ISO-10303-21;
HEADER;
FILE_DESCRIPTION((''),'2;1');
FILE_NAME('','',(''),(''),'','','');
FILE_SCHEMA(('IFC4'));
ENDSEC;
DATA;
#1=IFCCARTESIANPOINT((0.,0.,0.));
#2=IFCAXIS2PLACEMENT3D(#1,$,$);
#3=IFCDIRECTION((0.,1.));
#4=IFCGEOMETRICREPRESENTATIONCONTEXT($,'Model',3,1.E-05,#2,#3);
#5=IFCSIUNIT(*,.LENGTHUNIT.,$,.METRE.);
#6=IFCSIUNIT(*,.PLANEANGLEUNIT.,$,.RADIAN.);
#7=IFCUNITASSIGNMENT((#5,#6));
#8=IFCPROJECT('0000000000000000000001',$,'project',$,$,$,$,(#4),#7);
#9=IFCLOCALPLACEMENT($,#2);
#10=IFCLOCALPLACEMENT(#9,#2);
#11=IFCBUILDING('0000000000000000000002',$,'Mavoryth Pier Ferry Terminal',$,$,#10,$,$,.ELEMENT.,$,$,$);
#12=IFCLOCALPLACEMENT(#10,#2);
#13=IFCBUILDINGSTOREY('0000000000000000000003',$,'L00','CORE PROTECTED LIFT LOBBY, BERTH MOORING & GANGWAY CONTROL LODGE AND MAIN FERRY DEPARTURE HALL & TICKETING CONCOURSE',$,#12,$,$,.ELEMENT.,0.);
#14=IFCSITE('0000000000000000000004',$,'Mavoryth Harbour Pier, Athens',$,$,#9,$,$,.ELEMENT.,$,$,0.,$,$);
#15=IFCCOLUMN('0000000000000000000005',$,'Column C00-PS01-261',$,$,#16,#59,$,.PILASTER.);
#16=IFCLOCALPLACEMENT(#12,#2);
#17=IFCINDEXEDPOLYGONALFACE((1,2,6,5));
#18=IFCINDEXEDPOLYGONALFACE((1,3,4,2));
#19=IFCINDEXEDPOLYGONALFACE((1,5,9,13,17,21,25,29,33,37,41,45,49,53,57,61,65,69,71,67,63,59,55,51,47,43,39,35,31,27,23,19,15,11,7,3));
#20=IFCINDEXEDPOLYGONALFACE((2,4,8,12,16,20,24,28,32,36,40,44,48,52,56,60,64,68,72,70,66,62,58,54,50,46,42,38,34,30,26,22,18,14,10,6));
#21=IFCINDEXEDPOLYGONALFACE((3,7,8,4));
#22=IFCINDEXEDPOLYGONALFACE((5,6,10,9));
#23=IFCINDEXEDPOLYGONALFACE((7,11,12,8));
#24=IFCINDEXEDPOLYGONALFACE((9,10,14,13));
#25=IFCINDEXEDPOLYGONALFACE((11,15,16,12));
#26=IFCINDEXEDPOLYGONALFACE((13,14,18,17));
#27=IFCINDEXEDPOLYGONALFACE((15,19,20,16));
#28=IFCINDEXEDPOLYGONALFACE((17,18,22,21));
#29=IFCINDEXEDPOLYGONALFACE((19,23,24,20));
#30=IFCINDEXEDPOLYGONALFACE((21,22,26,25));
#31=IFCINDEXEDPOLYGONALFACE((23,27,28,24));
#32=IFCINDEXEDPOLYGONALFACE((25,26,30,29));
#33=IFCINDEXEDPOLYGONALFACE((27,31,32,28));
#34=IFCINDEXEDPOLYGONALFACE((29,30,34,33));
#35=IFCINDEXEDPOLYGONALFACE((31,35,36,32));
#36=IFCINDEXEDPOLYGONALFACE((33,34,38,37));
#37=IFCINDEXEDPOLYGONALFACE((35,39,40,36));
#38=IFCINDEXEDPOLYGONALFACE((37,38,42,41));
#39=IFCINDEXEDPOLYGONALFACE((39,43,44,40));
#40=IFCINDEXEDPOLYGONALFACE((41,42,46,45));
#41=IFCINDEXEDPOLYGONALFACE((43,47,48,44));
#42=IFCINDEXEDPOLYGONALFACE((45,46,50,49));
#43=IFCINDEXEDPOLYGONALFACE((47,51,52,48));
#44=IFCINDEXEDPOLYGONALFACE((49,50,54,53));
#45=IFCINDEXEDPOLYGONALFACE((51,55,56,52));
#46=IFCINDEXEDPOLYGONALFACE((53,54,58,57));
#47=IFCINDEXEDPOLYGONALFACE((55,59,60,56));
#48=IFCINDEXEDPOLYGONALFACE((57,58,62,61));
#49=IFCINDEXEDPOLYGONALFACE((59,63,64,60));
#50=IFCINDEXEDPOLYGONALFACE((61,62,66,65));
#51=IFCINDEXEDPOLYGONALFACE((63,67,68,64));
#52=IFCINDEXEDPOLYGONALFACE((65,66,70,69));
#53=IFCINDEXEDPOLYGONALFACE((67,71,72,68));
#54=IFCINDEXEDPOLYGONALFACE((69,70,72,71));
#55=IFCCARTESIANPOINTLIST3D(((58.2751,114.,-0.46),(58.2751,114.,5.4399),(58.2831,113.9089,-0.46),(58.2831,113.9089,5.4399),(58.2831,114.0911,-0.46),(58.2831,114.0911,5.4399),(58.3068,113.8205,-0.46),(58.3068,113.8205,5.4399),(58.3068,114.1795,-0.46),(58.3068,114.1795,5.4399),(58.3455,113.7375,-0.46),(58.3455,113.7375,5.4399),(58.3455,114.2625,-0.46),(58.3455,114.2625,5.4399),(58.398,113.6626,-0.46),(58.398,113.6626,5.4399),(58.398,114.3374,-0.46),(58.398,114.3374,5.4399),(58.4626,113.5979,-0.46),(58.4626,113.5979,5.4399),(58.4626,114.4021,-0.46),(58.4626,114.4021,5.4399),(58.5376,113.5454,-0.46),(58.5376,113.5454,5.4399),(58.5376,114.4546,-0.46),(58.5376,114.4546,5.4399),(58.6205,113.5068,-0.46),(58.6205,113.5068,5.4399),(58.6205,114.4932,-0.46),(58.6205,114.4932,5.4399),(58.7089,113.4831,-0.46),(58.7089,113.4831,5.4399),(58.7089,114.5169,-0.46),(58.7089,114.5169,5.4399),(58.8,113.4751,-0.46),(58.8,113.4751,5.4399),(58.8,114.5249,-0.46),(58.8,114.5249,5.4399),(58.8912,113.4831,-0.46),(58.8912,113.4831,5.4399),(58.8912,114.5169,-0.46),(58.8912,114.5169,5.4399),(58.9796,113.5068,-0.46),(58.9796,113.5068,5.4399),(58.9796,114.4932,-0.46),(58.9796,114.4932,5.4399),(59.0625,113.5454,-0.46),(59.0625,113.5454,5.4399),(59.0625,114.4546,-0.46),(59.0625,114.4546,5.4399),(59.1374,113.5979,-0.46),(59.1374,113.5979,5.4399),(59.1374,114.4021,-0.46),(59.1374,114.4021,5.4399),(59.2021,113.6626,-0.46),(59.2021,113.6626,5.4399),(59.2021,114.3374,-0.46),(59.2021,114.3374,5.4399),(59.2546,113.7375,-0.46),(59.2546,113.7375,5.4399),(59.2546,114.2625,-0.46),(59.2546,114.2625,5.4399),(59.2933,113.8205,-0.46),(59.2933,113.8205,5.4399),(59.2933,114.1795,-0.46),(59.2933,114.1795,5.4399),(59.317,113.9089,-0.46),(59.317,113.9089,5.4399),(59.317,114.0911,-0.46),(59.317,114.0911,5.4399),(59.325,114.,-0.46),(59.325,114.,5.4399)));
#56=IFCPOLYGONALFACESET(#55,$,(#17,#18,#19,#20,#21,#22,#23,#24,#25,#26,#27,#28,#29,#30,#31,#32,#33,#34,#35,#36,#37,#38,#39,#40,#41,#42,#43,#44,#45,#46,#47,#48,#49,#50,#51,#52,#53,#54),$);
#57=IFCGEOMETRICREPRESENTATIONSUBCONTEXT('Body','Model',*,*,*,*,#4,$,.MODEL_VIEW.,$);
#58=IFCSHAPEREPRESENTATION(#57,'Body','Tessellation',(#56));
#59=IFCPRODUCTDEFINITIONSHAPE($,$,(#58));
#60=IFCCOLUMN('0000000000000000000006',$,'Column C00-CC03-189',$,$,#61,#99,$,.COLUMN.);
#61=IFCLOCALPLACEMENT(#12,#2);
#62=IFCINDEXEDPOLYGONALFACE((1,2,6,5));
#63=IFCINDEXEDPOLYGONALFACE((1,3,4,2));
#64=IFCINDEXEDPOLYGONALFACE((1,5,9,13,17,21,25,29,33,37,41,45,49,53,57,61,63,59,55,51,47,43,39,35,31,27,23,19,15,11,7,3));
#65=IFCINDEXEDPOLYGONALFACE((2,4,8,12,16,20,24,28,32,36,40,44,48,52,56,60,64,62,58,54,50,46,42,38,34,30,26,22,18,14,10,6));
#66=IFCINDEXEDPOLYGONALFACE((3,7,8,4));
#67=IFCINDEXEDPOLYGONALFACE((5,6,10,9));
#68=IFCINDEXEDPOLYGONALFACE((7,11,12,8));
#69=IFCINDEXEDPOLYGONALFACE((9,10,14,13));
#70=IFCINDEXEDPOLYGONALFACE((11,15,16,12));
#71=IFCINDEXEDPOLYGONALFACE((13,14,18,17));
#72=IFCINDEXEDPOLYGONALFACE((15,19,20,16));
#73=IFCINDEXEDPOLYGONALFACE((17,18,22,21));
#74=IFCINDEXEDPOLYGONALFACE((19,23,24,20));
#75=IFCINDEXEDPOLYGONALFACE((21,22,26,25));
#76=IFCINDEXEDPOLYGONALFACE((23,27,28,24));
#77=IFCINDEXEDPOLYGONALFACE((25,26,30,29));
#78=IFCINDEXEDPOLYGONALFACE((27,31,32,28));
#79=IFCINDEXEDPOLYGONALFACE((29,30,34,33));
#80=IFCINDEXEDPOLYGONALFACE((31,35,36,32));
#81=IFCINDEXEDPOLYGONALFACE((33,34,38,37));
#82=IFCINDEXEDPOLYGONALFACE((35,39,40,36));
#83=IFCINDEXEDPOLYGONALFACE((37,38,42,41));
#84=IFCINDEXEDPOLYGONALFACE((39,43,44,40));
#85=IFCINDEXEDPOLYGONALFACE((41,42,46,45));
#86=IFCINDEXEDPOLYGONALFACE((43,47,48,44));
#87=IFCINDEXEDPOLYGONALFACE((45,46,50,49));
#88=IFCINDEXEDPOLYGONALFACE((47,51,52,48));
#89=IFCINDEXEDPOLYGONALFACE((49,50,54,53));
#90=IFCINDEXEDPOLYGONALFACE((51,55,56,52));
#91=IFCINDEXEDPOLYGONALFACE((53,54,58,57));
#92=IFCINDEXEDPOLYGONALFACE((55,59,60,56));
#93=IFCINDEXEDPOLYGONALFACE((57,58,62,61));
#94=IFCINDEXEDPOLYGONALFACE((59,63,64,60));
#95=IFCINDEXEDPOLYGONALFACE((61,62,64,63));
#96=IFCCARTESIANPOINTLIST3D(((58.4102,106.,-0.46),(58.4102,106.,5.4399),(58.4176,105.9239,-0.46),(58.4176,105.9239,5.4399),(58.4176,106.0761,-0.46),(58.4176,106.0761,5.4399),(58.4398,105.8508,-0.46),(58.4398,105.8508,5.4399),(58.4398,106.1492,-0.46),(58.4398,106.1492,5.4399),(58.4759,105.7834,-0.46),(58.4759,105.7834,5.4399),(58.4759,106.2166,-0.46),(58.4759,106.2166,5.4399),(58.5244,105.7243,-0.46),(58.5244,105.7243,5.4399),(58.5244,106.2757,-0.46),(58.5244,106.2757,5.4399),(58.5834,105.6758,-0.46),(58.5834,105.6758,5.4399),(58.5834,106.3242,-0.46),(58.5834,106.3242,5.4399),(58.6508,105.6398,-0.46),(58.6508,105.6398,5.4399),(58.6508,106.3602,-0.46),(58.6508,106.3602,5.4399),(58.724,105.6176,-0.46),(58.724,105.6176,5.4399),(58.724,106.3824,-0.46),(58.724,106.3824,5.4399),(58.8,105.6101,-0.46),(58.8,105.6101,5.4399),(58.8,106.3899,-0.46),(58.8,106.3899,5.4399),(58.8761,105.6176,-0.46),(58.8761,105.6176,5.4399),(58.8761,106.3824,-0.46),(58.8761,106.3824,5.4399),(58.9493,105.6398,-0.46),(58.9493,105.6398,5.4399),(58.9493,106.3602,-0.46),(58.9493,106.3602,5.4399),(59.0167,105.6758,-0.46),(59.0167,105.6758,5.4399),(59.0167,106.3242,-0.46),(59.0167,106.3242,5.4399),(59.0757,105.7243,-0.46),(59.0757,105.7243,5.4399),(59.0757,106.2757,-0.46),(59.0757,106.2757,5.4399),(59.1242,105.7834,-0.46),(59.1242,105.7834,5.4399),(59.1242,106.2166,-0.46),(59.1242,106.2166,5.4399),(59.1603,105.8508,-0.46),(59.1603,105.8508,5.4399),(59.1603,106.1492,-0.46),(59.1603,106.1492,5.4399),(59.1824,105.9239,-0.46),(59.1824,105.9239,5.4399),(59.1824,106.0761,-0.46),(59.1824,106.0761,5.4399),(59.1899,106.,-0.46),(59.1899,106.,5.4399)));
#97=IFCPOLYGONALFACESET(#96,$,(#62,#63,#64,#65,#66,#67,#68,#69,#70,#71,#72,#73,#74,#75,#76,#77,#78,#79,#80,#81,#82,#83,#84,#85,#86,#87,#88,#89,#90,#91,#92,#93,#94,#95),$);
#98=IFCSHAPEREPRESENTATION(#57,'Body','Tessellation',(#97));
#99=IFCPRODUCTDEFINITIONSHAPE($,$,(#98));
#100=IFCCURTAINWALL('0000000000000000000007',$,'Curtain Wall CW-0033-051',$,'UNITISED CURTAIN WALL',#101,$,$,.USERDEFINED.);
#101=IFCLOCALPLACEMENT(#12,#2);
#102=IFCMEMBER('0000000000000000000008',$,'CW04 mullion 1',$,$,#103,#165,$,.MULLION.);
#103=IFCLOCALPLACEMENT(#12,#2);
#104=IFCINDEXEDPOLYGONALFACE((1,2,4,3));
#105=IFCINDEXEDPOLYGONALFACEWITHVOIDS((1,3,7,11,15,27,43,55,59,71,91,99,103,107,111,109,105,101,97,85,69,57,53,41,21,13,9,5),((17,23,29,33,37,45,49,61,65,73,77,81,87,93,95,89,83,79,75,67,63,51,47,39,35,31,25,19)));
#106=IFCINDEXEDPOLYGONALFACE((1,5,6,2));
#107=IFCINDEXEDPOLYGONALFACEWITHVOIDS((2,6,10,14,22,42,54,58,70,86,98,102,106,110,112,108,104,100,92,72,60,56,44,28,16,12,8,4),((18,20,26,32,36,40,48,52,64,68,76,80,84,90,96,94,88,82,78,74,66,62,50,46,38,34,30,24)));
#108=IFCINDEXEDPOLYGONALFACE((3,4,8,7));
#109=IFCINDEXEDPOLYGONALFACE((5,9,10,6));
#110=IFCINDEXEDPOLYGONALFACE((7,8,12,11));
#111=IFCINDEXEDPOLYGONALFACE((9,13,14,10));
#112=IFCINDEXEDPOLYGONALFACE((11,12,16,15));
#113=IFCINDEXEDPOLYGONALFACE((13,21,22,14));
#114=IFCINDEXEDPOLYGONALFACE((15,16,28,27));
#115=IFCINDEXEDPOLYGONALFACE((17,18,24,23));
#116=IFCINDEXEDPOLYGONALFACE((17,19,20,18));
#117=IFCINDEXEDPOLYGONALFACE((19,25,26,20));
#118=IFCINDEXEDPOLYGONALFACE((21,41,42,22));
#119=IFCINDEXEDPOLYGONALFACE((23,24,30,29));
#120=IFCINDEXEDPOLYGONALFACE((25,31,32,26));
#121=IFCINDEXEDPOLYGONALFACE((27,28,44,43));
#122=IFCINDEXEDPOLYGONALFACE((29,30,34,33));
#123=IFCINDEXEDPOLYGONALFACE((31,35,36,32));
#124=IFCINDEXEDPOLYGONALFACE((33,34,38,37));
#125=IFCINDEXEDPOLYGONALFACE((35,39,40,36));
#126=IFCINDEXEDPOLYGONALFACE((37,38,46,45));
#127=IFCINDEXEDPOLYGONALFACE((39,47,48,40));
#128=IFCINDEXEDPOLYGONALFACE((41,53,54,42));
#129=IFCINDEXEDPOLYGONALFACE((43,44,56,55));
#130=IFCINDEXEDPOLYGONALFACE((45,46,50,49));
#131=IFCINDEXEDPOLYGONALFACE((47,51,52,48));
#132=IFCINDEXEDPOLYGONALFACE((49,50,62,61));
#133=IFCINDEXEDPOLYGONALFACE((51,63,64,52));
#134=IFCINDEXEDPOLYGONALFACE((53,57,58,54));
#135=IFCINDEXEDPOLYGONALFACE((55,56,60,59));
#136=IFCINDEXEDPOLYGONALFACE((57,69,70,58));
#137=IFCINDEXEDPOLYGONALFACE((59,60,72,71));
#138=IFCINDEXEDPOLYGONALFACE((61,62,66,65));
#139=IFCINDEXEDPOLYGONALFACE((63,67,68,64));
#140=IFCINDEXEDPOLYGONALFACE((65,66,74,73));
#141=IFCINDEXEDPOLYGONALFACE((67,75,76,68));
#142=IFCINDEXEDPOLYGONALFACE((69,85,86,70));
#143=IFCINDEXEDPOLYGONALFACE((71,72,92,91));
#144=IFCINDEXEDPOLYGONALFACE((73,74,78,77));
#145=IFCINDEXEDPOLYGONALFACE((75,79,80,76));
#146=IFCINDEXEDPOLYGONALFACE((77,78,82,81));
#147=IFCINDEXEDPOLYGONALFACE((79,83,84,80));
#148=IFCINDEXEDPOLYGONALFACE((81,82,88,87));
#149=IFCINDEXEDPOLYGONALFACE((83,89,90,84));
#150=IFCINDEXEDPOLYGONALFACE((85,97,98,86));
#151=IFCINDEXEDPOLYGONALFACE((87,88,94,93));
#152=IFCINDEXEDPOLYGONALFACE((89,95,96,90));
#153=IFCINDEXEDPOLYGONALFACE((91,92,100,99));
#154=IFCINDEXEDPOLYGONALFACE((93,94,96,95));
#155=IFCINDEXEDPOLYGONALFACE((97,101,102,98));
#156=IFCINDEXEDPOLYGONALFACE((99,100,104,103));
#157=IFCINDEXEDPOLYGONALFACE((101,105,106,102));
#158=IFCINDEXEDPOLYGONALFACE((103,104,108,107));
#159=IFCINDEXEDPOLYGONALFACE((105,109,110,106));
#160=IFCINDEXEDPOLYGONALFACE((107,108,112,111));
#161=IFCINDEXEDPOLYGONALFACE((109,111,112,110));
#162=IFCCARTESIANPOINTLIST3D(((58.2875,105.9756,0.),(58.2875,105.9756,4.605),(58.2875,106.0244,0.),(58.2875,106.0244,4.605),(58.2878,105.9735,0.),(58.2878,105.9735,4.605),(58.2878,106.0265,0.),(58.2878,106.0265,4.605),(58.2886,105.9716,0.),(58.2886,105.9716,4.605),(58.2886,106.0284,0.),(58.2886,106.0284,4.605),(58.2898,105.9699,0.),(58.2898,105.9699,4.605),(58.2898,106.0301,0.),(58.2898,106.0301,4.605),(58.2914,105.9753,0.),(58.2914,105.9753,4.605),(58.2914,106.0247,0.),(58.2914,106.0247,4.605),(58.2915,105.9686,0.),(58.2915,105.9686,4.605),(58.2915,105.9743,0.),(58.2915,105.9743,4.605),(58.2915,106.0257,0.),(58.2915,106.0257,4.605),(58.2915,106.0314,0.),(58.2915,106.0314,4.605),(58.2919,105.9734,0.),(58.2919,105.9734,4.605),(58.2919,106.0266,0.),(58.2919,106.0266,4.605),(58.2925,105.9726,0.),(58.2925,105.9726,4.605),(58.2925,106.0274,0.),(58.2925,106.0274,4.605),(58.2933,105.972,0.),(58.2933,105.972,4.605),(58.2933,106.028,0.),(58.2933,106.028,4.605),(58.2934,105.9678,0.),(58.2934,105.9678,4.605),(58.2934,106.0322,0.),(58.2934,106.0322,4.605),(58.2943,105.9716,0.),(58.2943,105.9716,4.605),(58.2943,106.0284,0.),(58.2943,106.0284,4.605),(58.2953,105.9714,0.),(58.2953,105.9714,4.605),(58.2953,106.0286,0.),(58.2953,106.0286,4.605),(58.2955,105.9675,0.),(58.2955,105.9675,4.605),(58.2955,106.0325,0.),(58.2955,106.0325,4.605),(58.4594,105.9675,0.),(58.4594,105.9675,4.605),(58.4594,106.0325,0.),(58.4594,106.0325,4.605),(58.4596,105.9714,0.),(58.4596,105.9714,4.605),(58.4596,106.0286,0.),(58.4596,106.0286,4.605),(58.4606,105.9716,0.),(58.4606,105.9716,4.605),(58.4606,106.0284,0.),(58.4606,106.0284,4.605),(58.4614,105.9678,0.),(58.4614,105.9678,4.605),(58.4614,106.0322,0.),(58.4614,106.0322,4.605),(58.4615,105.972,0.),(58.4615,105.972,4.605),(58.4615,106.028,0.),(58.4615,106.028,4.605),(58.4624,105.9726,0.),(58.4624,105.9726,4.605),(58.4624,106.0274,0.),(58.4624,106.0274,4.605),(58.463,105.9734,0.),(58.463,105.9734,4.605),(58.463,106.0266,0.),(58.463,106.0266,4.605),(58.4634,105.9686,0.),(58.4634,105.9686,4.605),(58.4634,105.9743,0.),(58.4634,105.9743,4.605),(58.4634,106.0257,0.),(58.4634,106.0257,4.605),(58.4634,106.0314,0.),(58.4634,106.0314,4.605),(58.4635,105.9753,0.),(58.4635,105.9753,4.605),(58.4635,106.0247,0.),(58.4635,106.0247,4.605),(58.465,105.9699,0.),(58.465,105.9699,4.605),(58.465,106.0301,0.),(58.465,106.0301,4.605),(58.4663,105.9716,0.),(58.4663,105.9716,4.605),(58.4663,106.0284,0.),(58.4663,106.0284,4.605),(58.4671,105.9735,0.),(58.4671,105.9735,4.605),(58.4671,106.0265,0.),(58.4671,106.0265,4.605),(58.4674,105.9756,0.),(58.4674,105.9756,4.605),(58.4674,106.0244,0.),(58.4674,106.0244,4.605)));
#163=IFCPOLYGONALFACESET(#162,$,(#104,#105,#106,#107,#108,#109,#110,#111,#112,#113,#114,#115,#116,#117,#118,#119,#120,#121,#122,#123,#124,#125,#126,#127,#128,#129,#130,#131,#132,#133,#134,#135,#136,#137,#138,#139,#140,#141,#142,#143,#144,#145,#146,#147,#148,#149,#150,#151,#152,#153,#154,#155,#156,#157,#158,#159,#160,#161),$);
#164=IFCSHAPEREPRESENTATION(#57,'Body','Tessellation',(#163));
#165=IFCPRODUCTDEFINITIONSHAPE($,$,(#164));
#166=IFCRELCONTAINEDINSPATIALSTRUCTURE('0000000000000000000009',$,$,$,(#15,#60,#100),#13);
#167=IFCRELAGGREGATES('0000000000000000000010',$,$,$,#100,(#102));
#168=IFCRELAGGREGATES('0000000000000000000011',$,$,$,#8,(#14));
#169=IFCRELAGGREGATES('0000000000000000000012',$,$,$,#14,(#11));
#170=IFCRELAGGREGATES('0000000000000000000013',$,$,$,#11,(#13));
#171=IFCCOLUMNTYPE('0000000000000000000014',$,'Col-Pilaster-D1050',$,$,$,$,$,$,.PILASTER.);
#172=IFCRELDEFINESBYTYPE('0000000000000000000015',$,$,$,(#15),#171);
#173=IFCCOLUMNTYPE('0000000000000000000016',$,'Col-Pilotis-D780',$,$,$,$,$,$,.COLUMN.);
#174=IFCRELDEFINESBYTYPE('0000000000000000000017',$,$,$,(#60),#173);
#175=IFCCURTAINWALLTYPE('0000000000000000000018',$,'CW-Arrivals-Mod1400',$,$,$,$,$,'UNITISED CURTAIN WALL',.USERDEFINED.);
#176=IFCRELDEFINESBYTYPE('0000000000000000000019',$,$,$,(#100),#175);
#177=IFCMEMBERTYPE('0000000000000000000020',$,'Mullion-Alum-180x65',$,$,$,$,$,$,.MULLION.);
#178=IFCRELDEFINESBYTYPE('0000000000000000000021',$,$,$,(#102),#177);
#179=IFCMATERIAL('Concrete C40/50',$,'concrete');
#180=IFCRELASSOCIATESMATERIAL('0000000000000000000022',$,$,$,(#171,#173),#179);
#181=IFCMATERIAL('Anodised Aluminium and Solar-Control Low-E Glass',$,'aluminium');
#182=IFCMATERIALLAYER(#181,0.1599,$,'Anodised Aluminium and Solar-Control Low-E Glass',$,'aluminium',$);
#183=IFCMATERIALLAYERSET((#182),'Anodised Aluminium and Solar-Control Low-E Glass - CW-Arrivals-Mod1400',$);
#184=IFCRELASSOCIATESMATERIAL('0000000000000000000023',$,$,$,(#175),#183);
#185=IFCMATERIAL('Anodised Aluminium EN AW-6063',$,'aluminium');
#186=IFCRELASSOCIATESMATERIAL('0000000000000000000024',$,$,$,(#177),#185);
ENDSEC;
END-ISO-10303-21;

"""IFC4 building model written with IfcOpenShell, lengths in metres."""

from ifc_helpers import new_model, si_unit, direction, frame, origin, origin_2d, place, context, subcontext, project, spatial, hollow_rectangle, circle, extrude, material, layer, layer_set, material_profile, profile_set, type_object, element, aggregate, save


model = new_model("IFC4")

# Units and contexts
model_context = context("Model", 3, precision=1e-05, world=origin(), true_north=direction((0.0, 1.0)))
body_context = subcontext(model_context, "Body", "Model", "MODEL_VIEW")
ifc_project = project(units=[si_unit("LENGTHUNIT", "METRE"), si_unit("PLANEANGLEUNIT", "RADIAN")], contexts=[model_context])

# Site, building, storey
site_placement = place(None, origin())
site = spatial("IfcSite", under=ifc_project, at=site_placement, Name="Mavoryth Harbour Pier, Athens", CompositionType="ELEMENT", RefElevation=0.0)
building_placement = place(site_placement, origin())
building = spatial("IfcBuilding", under=site, at=building_placement, Name="Mavoryth Pier Ferry Terminal", CompositionType="ELEMENT")
storey_placement = place(building_placement, origin())
storey = spatial("IfcBuildingStorey", under=building, at=storey_placement, Name="L00", Description="CORE PROTECTED LIFT LOBBY, BERTH MOORING & GANGWAY CONTROL LODGE AND MAIN FERRY DEPARTURE HALL & TICKETING CONCOURSE", CompositionType="ELEMENT", Elevation=0.0)

# Columns
ifc_material_1 = material(Name="Concrete C40/50", Category="concrete")
ifc_material_profile_1 = material_profile(ifc_material_1, circle(Radius=0.5249, at=origin_2d()), Name="RC D1050", Category="concrete")
ifc_profile_set_1 = profile_set([ifc_material_profile_1], Name="Concrete C40/50 - RC D1050")
column_type_1 = type_object("IfcColumnType", Name="Col-Pilaster-D1050", PredefinedType="PILASTER", material=ifc_profile_set_1)
for number, where, z_axis, x_axis, name in (
    (1, (58.8, 114.0, -0.46), (0.0, 0.0, 1.0), (1.0, 0.0, 0.0), "Column C00-PS01-261"),
):
    element("IfcColumn", number, at=place(storey_placement, frame(where, z_axis=z_axis, x_axis=x_axis)), inside=storey, type_object=column_type_1, Name=name, PredefinedType="PILASTER", context=body_context, shape_type="SweptSolid", body=[
        extrude(circle(Radius=0.5249, at=origin_2d()), origin(), (0.0, 0.0, 1.0), 5.8999),
    ])
ifc_material_profile_2 = material_profile(ifc_material_1, circle(Radius=0.3899, at=origin_2d()), Name="RC D780", Category="concrete")
ifc_profile_set_2 = profile_set([ifc_material_profile_2], Name="Concrete C40/50 - RC D780")
column_type_2 = type_object("IfcColumnType", Name="Col-Pilotis-D780", PredefinedType="COLUMN", material=ifc_profile_set_2)
column_placement = place(storey_placement, frame((58.8, 106.0, -0.46), z_axis=(0.0, 0.0, 1.0), x_axis=(1.0, 0.0, 0.0)))
element("IfcColumn", 2, at=column_placement, inside=storey, type_object=column_type_2, Name="Column C00-CC03-189", PredefinedType="COLUMN", context=body_context, shape_type="SweptSolid", body=[
    extrude(circle(Radius=0.3899, at=origin_2d()), origin(), (0.0, 0.0, 1.0), 5.8999),
])

# Curtain wall, member
ifc_material_2 = material(Name="Anodised Aluminium and Solar-Control Low-E Glass", Category="aluminium")
ifc_layer_1 = layer(ifc_material_2, 0.1599, Name="Anodised Aluminium and Solar-Control Low-E Glass", Category="aluminium")
ifc_layer_set_1 = layer_set([ifc_layer_1], Name="Anodised Aluminium and Solar-Control Low-E Glass - CW-Arrivals-Mod1400")
curtain_wall_type = type_object("IfcCurtainWallType", Name="CW-Arrivals-Mod1400", ElementType="UNITISED CURTAIN WALL", PredefinedType="USERDEFINED", material=ifc_layer_set_1)
curtain_wall_1_placement = place(storey_placement, origin())
curtain_wall_1 = element("IfcCurtainWall", 3, at=curtain_wall_1_placement, inside=storey, type_object=curtain_wall_type, Name="Curtain Wall CW-0033-051", ObjectType="UNITISED CURTAIN WALL", PredefinedType="USERDEFINED")
ifc_material_3 = material(Name="Anodised Aluminium EN AW-6063", Category="aluminium")
ifc_material_profile_3 = material_profile(ifc_material_3, hollow_rectangle(XDim=0.0649, YDim=0.1799, WallThickness=0.0039, InnerFilletRadius=0.0039, OuterFilletRadius=0.0081, at=origin_2d()), Name="AL-MULL 180x65x4", Category="aluminium")
ifc_profile_set_3 = profile_set([ifc_material_profile_3], Name="Anodised Aluminium EN AW-6063 - AL-MULL 180x65x4")
member_type_1 = type_object("IfcMemberType", Name="Mullion-Alum-180x65", PredefinedType="MULLION", material=ifc_profile_set_3)
member_1_placement = place(storey_placement, frame((58.3774, 106.0, 0.0), z_axis=(0.0, 0.0, 1.0), x_axis=(0.0, -1.0, 0.0)))
member_1 = element("IfcMember", 4, at=member_1_placement, type_object=member_type_1, Name="CW04 mullion 1", PredefinedType="MULLION", context=body_context, shape_type="SweptSolid", body=[
    extrude(hollow_rectangle(XDim=0.0649, YDim=0.1799, WallThickness=0.0039, InnerFilletRadius=0.0039, OuterFilletRadius=0.0081, at=origin_2d()), origin(), (0.0, 0.0, 1.0), 4.605),
])

aggregate(curtain_wall_1, [member_1])

save(model, "model.ifc")
